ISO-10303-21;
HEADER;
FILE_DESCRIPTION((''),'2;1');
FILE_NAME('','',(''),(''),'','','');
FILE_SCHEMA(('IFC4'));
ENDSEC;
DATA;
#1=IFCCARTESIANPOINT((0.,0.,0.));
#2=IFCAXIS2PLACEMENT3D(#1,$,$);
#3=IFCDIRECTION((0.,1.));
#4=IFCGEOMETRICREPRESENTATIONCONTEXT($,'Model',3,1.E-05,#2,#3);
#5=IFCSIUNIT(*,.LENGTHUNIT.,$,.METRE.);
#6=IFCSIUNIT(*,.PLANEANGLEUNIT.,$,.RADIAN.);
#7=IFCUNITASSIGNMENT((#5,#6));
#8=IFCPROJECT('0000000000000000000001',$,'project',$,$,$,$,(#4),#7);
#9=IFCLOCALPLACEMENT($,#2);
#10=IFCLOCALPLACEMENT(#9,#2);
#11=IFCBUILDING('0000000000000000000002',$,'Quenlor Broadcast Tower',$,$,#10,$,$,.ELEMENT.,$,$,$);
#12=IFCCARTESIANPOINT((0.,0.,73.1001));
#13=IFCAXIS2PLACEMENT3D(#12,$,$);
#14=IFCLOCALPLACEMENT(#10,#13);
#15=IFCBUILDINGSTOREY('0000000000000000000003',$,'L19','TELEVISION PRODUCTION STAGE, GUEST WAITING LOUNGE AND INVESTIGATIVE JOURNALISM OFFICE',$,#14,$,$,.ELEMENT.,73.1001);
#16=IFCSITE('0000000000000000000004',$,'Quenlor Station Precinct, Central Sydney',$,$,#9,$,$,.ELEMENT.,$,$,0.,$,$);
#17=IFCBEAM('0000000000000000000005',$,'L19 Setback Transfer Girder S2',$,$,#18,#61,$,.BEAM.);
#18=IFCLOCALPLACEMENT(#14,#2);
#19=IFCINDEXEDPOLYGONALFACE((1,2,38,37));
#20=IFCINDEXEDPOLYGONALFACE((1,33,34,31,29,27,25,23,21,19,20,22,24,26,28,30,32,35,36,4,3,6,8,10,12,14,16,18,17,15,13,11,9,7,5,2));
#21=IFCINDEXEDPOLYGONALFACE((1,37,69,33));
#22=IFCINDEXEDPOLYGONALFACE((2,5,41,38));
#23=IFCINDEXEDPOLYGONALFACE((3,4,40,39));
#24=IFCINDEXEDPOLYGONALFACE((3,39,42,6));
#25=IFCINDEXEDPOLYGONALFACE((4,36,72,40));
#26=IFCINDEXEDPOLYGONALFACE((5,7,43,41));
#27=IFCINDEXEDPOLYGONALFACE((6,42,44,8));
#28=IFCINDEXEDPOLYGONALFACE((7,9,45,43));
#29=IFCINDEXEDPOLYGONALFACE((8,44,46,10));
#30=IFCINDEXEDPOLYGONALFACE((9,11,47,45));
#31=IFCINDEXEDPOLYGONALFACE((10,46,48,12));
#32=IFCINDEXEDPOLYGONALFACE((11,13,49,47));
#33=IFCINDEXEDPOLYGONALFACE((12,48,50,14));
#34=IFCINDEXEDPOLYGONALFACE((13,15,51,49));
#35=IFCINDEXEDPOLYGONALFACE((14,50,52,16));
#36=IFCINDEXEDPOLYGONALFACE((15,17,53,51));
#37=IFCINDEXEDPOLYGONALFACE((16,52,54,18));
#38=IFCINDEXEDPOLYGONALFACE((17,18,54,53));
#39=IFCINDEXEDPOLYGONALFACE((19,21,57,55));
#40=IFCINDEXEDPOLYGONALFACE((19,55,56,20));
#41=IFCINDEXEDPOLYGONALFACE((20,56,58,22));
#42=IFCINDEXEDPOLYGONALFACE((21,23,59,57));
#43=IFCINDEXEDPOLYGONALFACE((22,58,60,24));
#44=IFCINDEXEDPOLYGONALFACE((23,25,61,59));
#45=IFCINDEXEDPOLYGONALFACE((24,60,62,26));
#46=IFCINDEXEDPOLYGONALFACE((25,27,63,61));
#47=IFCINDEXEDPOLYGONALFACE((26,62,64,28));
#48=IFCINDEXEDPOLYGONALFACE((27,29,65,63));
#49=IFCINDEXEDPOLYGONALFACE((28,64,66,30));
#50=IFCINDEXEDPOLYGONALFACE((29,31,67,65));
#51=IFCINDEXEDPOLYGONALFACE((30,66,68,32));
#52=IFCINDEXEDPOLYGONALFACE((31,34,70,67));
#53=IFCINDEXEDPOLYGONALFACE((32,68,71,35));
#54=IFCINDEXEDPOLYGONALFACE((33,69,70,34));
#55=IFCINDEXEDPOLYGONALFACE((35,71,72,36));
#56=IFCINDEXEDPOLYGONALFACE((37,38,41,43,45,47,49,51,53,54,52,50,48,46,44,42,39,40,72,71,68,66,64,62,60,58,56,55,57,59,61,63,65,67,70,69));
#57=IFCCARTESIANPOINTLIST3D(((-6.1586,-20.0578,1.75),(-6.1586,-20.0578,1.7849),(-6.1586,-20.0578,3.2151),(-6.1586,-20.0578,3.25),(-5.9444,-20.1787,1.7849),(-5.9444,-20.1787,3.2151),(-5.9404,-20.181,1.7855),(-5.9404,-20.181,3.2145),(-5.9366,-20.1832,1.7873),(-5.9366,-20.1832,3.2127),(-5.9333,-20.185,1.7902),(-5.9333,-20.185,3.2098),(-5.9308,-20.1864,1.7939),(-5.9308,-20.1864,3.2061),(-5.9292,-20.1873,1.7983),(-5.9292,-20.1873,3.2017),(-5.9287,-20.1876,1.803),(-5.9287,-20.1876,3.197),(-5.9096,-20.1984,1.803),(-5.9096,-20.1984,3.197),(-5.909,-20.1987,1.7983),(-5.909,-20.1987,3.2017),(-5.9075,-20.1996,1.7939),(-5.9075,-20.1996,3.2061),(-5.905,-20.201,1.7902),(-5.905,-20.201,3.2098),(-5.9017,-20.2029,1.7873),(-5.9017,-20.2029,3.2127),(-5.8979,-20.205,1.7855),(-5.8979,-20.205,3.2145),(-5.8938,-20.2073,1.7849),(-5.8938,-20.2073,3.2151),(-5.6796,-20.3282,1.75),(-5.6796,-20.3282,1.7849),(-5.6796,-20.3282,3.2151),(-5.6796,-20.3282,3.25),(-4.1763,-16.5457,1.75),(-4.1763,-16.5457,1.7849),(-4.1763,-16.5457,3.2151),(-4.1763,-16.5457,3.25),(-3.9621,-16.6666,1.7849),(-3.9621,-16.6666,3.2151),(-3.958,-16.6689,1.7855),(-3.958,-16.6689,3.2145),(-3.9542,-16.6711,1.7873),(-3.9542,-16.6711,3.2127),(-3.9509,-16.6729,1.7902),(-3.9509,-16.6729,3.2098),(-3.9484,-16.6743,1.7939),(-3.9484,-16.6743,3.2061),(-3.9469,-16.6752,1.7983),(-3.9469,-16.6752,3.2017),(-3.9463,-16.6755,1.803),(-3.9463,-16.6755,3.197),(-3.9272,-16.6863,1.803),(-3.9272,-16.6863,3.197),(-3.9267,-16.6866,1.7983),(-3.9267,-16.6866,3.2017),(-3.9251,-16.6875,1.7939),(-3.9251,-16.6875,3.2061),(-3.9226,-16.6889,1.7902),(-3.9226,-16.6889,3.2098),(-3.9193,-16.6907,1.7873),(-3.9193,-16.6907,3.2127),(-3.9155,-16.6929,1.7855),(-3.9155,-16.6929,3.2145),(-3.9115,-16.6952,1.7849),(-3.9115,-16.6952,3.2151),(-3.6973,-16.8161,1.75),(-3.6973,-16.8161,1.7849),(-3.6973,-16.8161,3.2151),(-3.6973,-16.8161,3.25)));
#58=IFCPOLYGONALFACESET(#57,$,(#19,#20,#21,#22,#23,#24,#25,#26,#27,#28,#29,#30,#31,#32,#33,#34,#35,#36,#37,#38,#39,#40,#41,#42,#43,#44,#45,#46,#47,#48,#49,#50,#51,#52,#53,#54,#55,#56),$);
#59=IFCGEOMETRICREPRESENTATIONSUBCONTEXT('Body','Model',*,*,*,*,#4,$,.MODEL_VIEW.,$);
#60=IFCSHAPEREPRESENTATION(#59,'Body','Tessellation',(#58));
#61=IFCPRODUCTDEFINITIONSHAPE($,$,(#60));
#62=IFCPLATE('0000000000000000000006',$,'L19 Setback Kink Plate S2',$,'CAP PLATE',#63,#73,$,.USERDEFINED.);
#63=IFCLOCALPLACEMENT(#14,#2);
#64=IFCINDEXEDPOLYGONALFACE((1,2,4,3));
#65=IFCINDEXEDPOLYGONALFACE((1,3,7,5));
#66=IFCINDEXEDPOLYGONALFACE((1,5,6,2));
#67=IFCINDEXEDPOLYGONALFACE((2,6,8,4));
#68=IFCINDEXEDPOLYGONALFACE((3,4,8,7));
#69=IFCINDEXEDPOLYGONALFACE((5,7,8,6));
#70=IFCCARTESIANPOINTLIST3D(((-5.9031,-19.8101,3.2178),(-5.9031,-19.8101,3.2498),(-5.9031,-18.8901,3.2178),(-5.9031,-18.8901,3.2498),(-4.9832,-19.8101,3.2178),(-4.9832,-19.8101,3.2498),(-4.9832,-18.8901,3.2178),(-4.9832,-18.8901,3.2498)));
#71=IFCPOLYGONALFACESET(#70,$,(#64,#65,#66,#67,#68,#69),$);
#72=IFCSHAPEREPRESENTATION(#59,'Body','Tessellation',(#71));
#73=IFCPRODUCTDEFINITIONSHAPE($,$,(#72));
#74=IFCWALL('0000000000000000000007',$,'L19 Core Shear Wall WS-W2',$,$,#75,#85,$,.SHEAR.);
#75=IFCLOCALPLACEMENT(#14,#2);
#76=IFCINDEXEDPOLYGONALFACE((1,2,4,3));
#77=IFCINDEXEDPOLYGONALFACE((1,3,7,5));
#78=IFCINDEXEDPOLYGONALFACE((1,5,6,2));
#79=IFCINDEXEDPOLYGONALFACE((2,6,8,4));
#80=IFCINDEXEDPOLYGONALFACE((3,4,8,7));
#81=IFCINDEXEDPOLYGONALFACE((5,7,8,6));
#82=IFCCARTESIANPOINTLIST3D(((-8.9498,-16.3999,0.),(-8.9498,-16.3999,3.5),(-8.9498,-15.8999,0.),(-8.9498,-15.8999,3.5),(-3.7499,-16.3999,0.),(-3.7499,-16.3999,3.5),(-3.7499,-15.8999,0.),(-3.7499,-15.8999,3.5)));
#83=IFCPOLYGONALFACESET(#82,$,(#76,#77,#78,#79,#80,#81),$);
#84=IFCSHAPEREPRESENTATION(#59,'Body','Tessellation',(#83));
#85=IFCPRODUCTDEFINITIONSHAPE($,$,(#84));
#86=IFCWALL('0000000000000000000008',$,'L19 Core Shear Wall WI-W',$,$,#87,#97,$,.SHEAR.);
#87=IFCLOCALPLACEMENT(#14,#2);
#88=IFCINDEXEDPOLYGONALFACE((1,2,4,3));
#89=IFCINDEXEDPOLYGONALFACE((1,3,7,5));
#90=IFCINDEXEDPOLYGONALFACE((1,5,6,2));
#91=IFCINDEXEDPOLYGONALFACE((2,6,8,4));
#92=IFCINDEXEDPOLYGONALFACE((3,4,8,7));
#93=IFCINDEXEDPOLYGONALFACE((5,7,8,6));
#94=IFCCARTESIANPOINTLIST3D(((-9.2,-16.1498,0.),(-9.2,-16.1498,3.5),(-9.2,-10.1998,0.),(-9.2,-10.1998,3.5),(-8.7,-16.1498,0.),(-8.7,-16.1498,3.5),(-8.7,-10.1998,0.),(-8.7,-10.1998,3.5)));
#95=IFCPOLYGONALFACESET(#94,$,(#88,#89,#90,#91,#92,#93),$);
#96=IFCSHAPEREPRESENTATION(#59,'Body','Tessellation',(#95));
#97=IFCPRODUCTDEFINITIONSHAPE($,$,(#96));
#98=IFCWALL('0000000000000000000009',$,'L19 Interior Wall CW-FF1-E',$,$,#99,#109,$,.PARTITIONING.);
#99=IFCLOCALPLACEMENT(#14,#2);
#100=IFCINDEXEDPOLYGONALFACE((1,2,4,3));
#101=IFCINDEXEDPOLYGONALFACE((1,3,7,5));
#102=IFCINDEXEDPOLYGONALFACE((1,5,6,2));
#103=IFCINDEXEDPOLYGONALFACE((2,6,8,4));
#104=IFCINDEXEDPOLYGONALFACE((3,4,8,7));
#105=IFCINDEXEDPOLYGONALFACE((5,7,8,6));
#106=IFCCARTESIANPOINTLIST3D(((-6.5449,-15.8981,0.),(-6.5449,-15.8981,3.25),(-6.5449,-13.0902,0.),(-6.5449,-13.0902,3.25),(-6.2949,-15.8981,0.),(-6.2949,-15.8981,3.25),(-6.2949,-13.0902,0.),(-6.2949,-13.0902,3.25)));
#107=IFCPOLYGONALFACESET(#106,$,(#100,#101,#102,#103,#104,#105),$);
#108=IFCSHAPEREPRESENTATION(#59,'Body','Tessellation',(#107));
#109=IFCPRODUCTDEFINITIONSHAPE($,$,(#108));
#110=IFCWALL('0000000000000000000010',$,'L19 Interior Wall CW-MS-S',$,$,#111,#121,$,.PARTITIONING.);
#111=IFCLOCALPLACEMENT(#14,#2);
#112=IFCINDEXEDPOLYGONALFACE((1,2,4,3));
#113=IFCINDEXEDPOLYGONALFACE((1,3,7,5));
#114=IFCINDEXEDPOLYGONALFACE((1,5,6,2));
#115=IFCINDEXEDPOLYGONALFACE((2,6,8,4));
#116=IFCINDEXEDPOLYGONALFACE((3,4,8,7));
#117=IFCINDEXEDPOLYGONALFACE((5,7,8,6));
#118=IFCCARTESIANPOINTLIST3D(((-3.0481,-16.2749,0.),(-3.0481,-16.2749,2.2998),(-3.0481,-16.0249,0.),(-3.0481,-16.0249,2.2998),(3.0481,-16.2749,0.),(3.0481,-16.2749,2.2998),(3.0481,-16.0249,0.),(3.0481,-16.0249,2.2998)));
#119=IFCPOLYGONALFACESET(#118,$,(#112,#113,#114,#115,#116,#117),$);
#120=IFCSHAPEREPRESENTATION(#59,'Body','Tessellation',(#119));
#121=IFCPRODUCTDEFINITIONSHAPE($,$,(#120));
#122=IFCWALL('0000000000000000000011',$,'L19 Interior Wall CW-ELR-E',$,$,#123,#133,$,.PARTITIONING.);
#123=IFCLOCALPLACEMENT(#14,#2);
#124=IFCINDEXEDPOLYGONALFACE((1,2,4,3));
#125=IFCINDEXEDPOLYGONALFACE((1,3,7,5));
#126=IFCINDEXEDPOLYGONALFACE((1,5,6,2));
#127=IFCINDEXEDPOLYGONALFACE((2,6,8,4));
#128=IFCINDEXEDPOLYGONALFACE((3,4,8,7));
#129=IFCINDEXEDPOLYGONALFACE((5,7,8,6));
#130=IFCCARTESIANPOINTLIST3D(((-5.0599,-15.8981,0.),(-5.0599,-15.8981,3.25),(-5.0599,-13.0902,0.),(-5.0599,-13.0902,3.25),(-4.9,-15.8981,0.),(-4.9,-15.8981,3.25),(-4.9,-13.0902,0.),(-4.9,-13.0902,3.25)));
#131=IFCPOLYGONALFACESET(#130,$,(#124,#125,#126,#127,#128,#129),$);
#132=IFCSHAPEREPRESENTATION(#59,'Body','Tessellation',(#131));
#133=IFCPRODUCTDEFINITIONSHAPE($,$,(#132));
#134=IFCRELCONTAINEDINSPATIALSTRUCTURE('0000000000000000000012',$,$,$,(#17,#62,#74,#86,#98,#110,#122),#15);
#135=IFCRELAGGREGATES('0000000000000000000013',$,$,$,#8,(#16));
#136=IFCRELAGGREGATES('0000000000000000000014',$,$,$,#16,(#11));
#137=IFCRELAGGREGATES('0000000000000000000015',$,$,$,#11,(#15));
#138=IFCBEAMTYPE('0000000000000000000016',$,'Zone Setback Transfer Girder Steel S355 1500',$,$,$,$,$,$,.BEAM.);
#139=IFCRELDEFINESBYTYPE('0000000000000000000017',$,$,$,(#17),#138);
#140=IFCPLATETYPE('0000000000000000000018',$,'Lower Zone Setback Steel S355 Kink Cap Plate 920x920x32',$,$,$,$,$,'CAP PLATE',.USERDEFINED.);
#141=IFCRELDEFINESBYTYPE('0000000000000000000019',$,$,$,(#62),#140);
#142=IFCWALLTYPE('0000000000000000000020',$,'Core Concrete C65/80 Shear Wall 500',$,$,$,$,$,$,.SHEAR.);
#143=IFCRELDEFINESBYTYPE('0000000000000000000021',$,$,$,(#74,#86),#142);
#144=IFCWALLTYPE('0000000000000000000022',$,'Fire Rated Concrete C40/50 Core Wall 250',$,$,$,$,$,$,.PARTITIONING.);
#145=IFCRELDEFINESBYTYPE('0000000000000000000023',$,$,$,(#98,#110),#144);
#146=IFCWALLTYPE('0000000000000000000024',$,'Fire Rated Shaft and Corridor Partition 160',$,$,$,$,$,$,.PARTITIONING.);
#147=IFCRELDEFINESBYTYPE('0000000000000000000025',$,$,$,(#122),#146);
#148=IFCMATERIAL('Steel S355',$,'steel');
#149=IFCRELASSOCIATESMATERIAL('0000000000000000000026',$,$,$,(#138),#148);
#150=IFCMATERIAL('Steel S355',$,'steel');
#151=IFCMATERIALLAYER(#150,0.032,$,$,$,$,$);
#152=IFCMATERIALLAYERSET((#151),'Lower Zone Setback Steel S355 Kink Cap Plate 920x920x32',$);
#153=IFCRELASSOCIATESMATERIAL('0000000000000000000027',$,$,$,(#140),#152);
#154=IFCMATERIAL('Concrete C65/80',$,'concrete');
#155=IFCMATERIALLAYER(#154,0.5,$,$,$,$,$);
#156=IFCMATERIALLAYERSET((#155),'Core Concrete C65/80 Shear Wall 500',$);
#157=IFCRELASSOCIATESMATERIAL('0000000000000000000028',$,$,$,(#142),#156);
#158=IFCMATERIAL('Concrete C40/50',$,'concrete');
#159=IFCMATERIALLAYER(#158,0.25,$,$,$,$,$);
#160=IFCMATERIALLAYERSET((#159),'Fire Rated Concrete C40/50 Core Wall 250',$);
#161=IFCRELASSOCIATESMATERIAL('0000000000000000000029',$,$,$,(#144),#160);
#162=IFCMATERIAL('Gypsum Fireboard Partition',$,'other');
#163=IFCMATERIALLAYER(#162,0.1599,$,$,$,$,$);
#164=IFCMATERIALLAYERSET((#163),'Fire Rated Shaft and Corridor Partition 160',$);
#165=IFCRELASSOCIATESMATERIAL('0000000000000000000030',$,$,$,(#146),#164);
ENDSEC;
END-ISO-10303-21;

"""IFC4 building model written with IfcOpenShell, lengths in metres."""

from ifc_helpers import new_model, si_unit, direction, frame, frame_2d, origin, origin_2d, place, context, subcontext, project, spatial, rectangle, i_section, extrude, material, layer, layer_set, material_profile, profile_set, type_object, element, save


model = new_model("IFC4")

# Units and contexts
model_context = context("Model", 3, precision=1e-05, world=origin(), true_north=direction((0.0, 1.0)))
body_context = subcontext(model_context, "Body", "Model", "MODEL_VIEW")
ifc_project = project(units=[si_unit("LENGTHUNIT", "METRE"), si_unit("PLANEANGLEUNIT", "RADIAN")], contexts=[model_context])

# Site, building, storey
site_placement = place(None, origin())
site = spatial("IfcSite", under=ifc_project, at=site_placement, Name="Quenlor Station Precinct, Central Sydney", CompositionType="ELEMENT", RefElevation=0.0)
building_placement = place(site_placement, origin())
building = spatial("IfcBuilding", under=site, at=building_placement, Name="Quenlor Broadcast Tower", CompositionType="ELEMENT")
storey_placement = place(building_placement, frame((0.0, 0.0, 73.1001)))
storey = spatial("IfcBuildingStorey", under=building, at=storey_placement, Name="L19", Description="TELEVISION PRODUCTION STAGE, GUEST WAITING LOUNGE AND INVESTIGATIVE JOURNALISM OFFICE", CompositionType="ELEMENT", Elevation=73.1001)

# Beam
ifc_material_1 = material(Name="Steel S355", Category="steel")
ifc_material_profile_1 = material_profile(ifc_material_1, i_section(OverallWidth=0.55, OverallDepth=1.5, WebThickness=0.022, FlangeThickness=0.0349, FilletRadius=0.0181, at=origin_2d()))
ifc_profile_set_1 = profile_set([ifc_material_profile_1], Name="Steel S355 1500TG510")
beam_type_1 = type_object("IfcBeamType", Name="Zone Setback Transfer Girder Steel S355 1500", PredefinedType="BEAM", material=ifc_profile_set_1)
beam_1_placement = place(storey_placement, frame((-3.9368, -16.6809, 2.5), z_axis=(-0.491543, -0.870854, 0.0), x_axis=(0.870854, -0.491543, 0.0)))
element("IfcBeam", 1, at=beam_1_placement, inside=storey, type_object=beam_type_1, Name="L19 Setback Transfer Girder S2", PredefinedType="BEAM", context=body_context, shape_type="SweptSolid", body=[
    extrude(i_section(OverallWidth=0.55, OverallDepth=1.5, WebThickness=0.022, FlangeThickness=0.0349, FilletRadius=0.0181, at=origin_2d()), origin(), (0.0, 0.0, 1.0), 4.033),
])

# Plate
ifc_material_2 = material(Name="Steel S355", Category="steel")
ifc_layer_1 = layer(ifc_material_2, 0.032)
ifc_layer_set_1 = layer_set([ifc_layer_1], Name="Lower Zone Setback Steel S355 Kink Cap Plate 920x920x32")
plate_type = type_object("IfcPlateType", Name="Lower Zone Setback Steel S355 Kink Cap Plate 920x920x32", ElementType="CAP PLATE", PredefinedType="USERDEFINED", material=ifc_layer_set_1)
plate_placement = place(storey_placement, frame((-5.4431, -19.3501, 3.2178), z_axis=(0.0, 0.0, 1.0), x_axis=(0.0, 1.0, 0.0)))
element("IfcPlate", 2, at=plate_placement, inside=storey, type_object=plate_type, Name="L19 Setback Kink Plate S2", ObjectType="CAP PLATE", PredefinedType="USERDEFINED", context=body_context, shape_type="SweptSolid", body=[
    extrude(rectangle(XDim=0.9199, YDim=0.9199, at=origin_2d()), origin(), (0.0, 0.0, 1.0), 0.032),
])

# Walls
ifc_material_3 = material(Name="Concrete C65/80", Category="concrete")
ifc_layer_2 = layer(ifc_material_3, 0.5)
ifc_layer_set_2 = layer_set([ifc_layer_2], Name="Core Concrete C65/80 Shear Wall 500")
wall_type_1 = type_object("IfcWallType", Name="Core Concrete C65/80 Shear Wall 500", PredefinedType="SHEAR", material=ifc_layer_set_2)
wall_1_placement = place(storey_placement, frame((-8.95, -16.1499, 0.0), z_axis=(0.0, 0.0, 1.0), x_axis=(1.0, 0.0, 0.0)))
element("IfcWall", 3, at=wall_1_placement, inside=storey, type_object=wall_type_1, Name="L19 Core Shear Wall WS-W2", PredefinedType="SHEAR", context=body_context, shape_type="SweptSolid", body=[
    extrude(rectangle(XDim=5.2, YDim=0.5, at=frame_2d((2.6001, 0.0))), origin(), (0.0, 0.0, 1.0), 3.5),
])
wall_2_placement = place(storey_placement, frame((-8.95, -16.1499, 0.0), z_axis=(0.0, 0.0, 1.0), x_axis=(0.0, 1.0, 0.0)))
element("IfcWall", 4, at=wall_2_placement, inside=storey, type_object=wall_type_1, Name="L19 Core Shear Wall WI-W", PredefinedType="SHEAR", context=body_context, shape_type="SweptSolid", body=[
    extrude(rectangle(XDim=5.95, YDim=0.5, at=frame_2d((2.9751, 0.0))), origin(), (0.0, 0.0, 1.0), 3.5),
])
ifc_material_4 = material(Name="Concrete C40/50", Category="concrete")
ifc_layer_3 = layer(ifc_material_4, 0.25)
ifc_layer_set_3 = layer_set([ifc_layer_3], Name="Fire Rated Concrete C40/50 Core Wall 250")
wall_type_2 = type_object("IfcWallType", Name="Fire Rated Concrete C40/50 Core Wall 250", PredefinedType="PARTITIONING", material=ifc_layer_set_3)
wall_3_placement = place(storey_placement, frame((-6.4199, -15.8979, 0.0), z_axis=(0.0, 0.0, 1.0), x_axis=(0.0, 1.0, 0.0)))
element("IfcWall", 5, at=wall_3_placement, inside=storey, type_object=wall_type_2, Name="L19 Interior Wall CW-FF1-E", PredefinedType="PARTITIONING", context=body_context, shape_type="SweptSolid", body=[
    extrude(rectangle(XDim=2.8079, YDim=0.25, at=frame_2d((1.4038, 0.0))), origin(), (0.0, 0.0, 1.0), 3.25),
])
wall_4_placement = place(storey_placement, frame((-3.0481, -16.1499, 0.0), z_axis=(0.0, 0.0, 1.0), x_axis=(1.0, 0.0, 0.0)))
element("IfcWall", 6, at=wall_4_placement, inside=storey, type_object=wall_type_2, Name="L19 Interior Wall CW-MS-S", PredefinedType="PARTITIONING", context=body_context, shape_type="SweptSolid", body=[
    extrude(rectangle(XDim=6.0962, YDim=0.25, at=frame_2d((3.0481, 0.0))), origin(), (0.0, 0.0, 1.0), 2.2998),
])
ifc_material_5 = material(Name="Gypsum Fireboard Partition", Category="other")
ifc_layer_4 = layer(ifc_material_5, 0.1599)
ifc_layer_set_4 = layer_set([ifc_layer_4], Name="Fire Rated Shaft and Corridor Partition 160")
wall_type_3 = type_object("IfcWallType", Name="Fire Rated Shaft and Corridor Partition 160", PredefinedType="PARTITIONING", material=ifc_layer_set_4)
wall_5_placement = place(storey_placement, frame((-4.98, -15.8979, 0.0), z_axis=(0.0, 0.0, 1.0), x_axis=(0.0, 1.0, 0.0)))
element("IfcWall", 7, at=wall_5_placement, inside=storey, type_object=wall_type_3, Name="L19 Interior Wall CW-ELR-E", PredefinedType="PARTITIONING", context=body_context, shape_type="SweptSolid", body=[
    extrude(rectangle(XDim=2.8079, YDim=0.1599, at=frame_2d((1.4038, 0.0))), origin(), (0.0, 0.0, 1.0), 3.25),
])

save(model, "model.ifc")
